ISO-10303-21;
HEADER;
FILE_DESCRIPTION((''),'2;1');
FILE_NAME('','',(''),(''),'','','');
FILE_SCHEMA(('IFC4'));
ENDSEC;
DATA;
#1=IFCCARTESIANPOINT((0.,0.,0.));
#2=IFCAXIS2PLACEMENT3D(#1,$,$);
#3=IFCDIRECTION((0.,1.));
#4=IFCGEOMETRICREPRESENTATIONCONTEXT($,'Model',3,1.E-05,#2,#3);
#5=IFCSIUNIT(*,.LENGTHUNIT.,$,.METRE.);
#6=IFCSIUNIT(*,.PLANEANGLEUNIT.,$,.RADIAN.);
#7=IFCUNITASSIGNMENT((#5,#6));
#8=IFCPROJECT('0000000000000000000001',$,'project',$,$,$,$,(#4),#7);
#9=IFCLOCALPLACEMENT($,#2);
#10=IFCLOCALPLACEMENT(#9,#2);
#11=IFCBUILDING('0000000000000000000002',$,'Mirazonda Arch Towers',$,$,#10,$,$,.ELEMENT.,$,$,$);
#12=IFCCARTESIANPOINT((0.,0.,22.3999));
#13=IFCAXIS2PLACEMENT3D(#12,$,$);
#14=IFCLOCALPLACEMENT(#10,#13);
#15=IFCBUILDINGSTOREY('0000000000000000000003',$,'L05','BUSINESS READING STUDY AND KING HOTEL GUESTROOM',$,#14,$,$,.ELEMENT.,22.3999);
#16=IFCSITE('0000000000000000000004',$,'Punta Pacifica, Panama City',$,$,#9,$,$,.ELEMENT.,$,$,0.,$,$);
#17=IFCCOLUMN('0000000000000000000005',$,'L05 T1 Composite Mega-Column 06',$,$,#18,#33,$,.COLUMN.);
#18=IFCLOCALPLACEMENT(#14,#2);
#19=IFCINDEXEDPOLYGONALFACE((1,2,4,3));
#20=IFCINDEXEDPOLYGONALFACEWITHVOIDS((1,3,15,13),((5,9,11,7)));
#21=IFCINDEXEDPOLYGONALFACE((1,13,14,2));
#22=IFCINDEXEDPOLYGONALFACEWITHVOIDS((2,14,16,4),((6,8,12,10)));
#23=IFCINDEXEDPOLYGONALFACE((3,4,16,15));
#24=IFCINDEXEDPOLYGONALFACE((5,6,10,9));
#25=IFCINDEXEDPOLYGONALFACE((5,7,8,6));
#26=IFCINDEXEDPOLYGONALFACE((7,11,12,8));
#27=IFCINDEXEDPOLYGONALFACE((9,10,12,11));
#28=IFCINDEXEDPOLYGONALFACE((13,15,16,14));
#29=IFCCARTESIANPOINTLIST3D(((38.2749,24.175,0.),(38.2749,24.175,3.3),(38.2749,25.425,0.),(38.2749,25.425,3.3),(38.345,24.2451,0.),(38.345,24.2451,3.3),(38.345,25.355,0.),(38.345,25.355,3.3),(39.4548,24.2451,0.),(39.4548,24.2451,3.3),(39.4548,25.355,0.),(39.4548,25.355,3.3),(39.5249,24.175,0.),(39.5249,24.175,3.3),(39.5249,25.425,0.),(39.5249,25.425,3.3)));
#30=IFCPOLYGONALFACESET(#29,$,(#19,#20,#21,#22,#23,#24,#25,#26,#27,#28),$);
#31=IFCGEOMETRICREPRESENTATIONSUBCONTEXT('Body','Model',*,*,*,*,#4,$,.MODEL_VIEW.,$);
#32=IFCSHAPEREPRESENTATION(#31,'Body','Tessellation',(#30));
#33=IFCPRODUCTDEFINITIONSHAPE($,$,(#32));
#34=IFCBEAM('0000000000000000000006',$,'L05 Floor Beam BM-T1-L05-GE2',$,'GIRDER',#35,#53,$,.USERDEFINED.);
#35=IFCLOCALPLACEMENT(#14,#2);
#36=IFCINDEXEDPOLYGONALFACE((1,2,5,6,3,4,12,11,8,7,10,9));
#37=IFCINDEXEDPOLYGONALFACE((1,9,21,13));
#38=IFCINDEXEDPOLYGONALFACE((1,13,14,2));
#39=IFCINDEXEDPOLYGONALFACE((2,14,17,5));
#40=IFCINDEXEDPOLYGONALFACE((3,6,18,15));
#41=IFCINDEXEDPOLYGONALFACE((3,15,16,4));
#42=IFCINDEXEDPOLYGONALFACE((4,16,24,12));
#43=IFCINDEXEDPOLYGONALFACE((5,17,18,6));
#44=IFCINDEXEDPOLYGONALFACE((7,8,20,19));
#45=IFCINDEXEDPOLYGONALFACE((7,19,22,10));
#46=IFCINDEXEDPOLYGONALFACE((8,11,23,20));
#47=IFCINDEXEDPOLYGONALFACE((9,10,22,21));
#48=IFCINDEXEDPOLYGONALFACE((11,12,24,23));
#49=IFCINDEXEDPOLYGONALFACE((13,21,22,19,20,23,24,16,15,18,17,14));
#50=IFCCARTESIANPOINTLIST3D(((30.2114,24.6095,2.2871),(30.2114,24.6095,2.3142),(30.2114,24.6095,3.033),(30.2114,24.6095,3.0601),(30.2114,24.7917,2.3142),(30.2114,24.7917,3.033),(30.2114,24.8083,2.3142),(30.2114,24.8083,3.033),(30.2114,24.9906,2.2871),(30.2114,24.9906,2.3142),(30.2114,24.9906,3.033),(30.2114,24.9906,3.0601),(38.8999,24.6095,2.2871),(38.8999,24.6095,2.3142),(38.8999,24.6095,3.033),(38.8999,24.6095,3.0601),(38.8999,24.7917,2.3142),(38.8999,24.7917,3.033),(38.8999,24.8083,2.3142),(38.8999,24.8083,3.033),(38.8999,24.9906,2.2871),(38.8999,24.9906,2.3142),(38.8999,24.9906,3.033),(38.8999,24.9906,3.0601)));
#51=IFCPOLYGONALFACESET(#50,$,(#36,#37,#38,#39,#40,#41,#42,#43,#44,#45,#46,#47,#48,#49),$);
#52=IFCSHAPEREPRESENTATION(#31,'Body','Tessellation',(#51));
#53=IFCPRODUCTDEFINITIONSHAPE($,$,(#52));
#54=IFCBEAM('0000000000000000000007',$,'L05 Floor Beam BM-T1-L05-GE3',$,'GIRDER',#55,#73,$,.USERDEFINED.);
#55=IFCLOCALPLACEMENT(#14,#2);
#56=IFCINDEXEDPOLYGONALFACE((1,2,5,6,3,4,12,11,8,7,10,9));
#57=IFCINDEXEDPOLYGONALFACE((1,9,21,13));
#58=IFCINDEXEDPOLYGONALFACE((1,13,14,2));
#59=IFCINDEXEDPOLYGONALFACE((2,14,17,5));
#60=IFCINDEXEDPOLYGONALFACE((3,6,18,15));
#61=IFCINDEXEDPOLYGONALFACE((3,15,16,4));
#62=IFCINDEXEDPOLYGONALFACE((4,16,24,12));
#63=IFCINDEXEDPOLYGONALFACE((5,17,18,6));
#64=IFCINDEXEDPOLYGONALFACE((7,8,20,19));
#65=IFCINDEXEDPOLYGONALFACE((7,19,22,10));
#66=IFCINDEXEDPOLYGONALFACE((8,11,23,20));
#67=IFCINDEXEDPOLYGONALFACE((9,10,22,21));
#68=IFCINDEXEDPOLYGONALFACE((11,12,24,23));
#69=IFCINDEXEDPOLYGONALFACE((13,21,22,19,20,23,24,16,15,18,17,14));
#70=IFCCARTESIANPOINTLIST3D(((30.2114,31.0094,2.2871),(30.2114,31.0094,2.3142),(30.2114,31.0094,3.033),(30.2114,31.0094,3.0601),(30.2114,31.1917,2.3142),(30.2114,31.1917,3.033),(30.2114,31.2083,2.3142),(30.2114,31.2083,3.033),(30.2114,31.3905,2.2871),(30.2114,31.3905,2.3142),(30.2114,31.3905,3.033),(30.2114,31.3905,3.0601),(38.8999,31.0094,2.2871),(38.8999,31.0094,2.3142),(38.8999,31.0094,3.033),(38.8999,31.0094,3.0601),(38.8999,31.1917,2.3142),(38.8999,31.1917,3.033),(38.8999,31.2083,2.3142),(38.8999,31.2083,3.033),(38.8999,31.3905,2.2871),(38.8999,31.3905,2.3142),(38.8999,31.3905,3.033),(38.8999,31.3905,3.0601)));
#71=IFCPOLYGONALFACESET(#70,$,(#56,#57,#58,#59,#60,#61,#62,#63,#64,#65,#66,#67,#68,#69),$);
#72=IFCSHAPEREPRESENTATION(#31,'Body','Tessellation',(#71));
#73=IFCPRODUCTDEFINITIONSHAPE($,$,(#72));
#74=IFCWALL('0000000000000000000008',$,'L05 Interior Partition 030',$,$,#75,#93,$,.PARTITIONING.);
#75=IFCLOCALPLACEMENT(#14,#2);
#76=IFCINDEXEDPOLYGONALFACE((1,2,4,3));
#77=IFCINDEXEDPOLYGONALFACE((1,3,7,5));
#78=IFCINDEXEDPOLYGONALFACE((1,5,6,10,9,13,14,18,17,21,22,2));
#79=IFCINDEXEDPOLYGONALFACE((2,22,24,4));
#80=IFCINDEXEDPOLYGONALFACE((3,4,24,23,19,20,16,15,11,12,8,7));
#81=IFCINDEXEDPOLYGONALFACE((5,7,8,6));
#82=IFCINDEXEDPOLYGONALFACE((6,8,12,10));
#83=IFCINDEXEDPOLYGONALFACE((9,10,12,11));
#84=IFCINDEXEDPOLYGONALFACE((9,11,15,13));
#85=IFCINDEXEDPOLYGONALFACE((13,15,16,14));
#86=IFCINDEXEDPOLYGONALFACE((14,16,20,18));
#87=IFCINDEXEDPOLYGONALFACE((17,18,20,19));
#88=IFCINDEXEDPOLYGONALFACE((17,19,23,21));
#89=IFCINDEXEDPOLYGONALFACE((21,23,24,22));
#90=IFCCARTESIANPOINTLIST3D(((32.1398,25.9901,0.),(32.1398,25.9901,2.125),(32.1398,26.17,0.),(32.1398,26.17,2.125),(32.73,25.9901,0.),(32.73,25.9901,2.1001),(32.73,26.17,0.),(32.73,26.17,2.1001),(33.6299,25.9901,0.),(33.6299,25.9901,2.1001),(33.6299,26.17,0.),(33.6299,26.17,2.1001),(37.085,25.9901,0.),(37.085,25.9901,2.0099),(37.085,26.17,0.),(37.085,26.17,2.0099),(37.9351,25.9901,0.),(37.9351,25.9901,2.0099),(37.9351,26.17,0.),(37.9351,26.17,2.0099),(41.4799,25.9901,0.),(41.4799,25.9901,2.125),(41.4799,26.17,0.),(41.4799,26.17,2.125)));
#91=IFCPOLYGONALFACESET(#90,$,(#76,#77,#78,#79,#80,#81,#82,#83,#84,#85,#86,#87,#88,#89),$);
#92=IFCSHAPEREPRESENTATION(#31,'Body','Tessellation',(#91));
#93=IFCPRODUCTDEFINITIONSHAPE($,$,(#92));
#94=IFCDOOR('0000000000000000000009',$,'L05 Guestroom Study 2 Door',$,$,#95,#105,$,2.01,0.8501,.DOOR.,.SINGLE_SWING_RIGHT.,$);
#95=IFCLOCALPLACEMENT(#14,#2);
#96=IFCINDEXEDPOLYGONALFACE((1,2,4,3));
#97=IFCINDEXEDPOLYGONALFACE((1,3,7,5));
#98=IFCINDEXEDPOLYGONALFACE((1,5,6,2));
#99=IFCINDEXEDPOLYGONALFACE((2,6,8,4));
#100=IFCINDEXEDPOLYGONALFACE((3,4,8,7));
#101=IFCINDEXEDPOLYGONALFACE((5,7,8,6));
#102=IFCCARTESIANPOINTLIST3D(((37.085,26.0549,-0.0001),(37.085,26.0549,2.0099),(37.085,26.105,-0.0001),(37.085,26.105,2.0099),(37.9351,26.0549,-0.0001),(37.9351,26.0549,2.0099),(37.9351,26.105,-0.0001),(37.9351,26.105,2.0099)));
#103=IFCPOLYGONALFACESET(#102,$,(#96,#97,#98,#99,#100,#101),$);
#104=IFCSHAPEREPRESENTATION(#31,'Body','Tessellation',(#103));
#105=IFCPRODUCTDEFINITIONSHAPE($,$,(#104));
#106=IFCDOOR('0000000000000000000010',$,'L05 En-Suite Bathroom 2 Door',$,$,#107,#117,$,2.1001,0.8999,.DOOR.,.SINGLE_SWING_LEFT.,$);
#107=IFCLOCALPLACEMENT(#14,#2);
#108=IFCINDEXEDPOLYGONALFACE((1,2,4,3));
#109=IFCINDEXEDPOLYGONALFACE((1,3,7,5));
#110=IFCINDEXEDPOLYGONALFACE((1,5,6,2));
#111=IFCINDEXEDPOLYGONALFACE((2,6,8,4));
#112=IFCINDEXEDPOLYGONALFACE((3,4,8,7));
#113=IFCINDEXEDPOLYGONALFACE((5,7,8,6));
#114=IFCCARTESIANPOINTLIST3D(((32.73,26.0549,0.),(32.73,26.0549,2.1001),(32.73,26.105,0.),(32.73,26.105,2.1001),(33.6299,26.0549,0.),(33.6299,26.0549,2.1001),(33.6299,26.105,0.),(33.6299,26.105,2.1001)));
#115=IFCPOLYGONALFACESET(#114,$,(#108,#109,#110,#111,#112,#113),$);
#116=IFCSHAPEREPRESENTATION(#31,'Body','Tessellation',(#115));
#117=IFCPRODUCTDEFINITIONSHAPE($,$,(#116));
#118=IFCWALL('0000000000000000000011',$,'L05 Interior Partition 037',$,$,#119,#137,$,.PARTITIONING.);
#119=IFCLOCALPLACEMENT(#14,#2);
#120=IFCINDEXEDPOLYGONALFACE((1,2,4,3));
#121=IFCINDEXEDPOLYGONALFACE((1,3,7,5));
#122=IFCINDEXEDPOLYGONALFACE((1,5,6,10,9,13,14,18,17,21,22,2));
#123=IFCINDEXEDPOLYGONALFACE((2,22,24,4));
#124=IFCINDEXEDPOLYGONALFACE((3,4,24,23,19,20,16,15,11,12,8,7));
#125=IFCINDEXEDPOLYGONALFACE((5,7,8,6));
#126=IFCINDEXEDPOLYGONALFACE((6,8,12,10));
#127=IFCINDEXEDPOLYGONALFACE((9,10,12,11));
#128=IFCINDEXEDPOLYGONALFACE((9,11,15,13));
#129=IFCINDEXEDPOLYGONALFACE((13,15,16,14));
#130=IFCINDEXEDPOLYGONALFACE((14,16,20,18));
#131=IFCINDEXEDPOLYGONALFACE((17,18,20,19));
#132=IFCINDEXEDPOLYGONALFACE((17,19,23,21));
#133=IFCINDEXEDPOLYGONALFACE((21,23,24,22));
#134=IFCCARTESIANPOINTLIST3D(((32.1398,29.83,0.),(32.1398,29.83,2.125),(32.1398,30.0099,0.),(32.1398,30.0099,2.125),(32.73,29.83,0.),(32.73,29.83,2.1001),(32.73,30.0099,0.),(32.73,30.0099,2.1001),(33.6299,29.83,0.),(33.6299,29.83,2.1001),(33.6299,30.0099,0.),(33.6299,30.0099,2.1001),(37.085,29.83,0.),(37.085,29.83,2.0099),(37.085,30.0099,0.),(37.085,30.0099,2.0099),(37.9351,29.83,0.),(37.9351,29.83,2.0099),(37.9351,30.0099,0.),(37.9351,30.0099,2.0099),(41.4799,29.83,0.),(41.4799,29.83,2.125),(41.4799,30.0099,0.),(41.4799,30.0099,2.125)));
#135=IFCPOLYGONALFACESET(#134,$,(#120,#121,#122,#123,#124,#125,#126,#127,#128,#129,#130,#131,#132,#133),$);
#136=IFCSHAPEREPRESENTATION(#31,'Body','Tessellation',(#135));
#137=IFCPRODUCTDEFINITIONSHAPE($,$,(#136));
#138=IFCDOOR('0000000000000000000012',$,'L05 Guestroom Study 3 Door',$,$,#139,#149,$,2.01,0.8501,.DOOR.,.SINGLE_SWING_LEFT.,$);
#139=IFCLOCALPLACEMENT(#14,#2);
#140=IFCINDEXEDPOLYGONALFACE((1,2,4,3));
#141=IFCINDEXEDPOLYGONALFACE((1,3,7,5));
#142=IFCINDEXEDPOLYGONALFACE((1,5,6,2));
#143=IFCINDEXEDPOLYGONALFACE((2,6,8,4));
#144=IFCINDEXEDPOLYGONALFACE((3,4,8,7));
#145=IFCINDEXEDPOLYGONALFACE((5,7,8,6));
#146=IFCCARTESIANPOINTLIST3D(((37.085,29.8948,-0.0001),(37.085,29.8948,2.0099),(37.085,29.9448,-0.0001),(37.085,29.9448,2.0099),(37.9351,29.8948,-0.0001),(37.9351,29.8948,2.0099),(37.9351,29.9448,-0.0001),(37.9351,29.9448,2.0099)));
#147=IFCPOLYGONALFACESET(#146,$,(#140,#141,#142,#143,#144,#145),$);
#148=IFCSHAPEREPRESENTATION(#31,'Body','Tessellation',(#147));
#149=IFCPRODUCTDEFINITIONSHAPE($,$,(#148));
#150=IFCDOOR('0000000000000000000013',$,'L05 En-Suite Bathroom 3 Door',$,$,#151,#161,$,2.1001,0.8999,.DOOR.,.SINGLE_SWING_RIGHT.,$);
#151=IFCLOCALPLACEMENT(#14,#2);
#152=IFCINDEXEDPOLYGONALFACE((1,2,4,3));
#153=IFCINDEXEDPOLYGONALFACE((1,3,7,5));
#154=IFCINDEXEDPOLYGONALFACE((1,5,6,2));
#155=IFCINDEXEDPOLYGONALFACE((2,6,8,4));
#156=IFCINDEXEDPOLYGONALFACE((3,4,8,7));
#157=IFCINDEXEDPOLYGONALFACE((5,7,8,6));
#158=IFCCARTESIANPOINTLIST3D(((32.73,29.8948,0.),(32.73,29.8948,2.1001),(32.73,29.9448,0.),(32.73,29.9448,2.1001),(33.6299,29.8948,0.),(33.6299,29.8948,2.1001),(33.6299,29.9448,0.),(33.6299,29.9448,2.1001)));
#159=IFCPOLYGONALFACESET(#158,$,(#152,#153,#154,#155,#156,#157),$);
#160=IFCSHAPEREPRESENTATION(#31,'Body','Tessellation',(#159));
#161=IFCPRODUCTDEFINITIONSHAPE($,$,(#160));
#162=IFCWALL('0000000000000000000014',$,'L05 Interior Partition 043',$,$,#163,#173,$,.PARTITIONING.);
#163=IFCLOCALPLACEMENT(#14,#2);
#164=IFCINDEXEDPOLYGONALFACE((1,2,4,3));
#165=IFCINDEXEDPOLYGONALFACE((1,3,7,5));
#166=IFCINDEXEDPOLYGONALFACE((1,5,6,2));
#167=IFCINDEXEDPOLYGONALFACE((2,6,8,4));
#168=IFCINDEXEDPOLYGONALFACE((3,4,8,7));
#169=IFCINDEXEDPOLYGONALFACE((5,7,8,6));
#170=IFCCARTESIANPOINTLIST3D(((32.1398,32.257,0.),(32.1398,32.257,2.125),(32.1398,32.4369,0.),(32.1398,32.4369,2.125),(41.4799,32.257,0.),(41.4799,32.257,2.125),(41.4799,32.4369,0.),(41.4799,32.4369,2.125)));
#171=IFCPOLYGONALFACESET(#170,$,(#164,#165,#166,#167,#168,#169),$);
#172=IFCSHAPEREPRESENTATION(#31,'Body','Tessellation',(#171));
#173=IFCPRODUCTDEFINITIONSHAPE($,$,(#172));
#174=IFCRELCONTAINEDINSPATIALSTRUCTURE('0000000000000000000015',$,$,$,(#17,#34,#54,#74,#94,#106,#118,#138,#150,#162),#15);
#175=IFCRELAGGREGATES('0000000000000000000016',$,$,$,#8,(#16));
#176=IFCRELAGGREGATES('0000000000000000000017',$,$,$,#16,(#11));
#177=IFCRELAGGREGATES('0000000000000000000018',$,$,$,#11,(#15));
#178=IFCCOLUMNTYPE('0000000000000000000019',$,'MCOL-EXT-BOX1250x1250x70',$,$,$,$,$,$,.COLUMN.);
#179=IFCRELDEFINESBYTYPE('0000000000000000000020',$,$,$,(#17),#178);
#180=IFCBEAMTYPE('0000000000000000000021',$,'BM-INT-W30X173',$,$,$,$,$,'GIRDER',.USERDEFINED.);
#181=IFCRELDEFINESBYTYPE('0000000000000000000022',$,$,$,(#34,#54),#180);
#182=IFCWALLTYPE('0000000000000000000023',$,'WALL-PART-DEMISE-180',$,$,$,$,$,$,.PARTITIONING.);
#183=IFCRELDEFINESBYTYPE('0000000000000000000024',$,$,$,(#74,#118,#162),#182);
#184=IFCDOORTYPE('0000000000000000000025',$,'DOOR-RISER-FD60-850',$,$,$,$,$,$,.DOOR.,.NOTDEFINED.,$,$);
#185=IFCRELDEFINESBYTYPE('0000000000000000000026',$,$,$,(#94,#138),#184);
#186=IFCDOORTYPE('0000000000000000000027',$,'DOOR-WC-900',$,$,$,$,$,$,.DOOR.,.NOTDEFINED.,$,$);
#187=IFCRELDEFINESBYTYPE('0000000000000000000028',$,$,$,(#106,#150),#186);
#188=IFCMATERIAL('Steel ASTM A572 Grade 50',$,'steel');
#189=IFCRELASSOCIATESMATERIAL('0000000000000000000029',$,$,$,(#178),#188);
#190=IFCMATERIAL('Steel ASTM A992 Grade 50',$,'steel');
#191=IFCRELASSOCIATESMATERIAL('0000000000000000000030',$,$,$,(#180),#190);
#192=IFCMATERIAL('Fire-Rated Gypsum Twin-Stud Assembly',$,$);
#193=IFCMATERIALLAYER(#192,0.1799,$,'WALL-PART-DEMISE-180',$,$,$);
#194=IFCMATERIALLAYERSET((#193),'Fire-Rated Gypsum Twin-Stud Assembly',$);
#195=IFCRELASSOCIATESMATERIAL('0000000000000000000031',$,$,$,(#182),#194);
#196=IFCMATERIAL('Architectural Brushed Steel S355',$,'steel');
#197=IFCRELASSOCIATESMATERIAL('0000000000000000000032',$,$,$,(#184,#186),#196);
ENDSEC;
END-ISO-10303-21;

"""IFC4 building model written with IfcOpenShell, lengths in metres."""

from ifc_helpers import new_model, si_unit, direction, frame, frame_2d, origin, origin_2d, place, context, subcontext, project, spatial, rectangle, hollow_rectangle, i_section, extrude, material, layer, layer_set, material_profile, profile_set, type_object, element, fill, save


model = new_model("IFC4")

# Units and contexts
model_context = context("Model", 3, precision=1e-05, world=origin(), true_north=direction((0.0, 1.0)))
body_context = subcontext(model_context, "Body", "Model", "MODEL_VIEW")
ifc_project = project(units=[si_unit("LENGTHUNIT", "METRE"), si_unit("PLANEANGLEUNIT", "RADIAN")], contexts=[model_context])

# Site, building, storey
site_placement = place(None, origin())
site = spatial("IfcSite", under=ifc_project, at=site_placement, Name="Punta Pacifica, Panama City", CompositionType="ELEMENT", RefElevation=0.0)
building_placement = place(site_placement, origin())
building = spatial("IfcBuilding", under=site, at=building_placement, Name="Mirazonda Arch Towers", CompositionType="ELEMENT")
storey_placement = place(building_placement, frame((0.0, 0.0, 22.3999)))
storey = spatial("IfcBuildingStorey", under=building, at=storey_placement, Name="L05", Description="BUSINESS READING STUDY AND KING HOTEL GUESTROOM", CompositionType="ELEMENT", Elevation=22.3999)

# Column
ifc_material_1 = material(Name="Steel ASTM A572 Grade 50", Category="steel")
ifc_material_profile_1 = material_profile(ifc_material_1, hollow_rectangle(XDim=1.25, YDim=1.25, WallThickness=0.0701, at=origin_2d()), Name="BOX1250x1250x70")
ifc_profile_set_1 = profile_set([ifc_material_profile_1], Name="Steel ASTM A572 Grade 50")
column_type = type_object("IfcColumnType", Name="MCOL-EXT-BOX1250x1250x70", PredefinedType="COLUMN", material=ifc_profile_set_1)
column_placement = place(storey_placement, frame((38.8999, 24.8, 0.0), z_axis=(0.0, 0.0, 1.0), x_axis=(1.0, 0.0, 0.0)))
element("IfcColumn", 1, at=column_placement, inside=storey, type_object=column_type, Name="L05 T1 Composite Mega-Column 06", PredefinedType="COLUMN", context=body_context, shape_type="SweptSolid", body=[
    extrude(hollow_rectangle(XDim=1.25, YDim=1.25, WallThickness=0.0701, at=origin_2d()), origin(), (0.0, 0.0, 1.0), 3.3),
])

# Beams
ifc_material_2 = material(Name="Steel ASTM A992 Grade 50", Category="steel")
ifc_material_profile_2 = material_profile(ifc_material_2, i_section(OverallWidth=0.3811, OverallDepth=0.7729, WebThickness=0.0166, FlangeThickness=0.0271, at=origin_2d()), Name="W30X173")
ifc_profile_set_2 = profile_set([ifc_material_profile_2], Name="Steel ASTM A992 Grade 50")
beam_type = type_object("IfcBeamType", Name="BM-INT-W30X173", ElementType="GIRDER", PredefinedType="USERDEFINED", material=ifc_profile_set_2)
for number, where, z_axis, x_axis, name in (
    (2, (30.2114, 24.8, 2.6736), (1.0, 0.0, 0.0), (0.0, 1.0, 0.0), "L05 Floor Beam BM-T1-L05-GE2"),
    (3, (30.2114, 31.2, 2.6736), (1.0, 0.0, 0.0), (0.0, 1.0, 0.0), "L05 Floor Beam BM-T1-L05-GE3"),
):
    element("IfcBeam", number, at=place(storey_placement, frame(where, z_axis=z_axis, x_axis=x_axis)), inside=storey, type_object=beam_type, Name=name, ObjectType="GIRDER", PredefinedType="USERDEFINED", context=body_context, shape_type="SweptSolid", body=[
        extrude(i_section(OverallWidth=0.3811, OverallDepth=0.7729, WebThickness=0.0166, FlangeThickness=0.0271, at=origin_2d()), origin(), (0.0, 0.0, 1.0), 8.6885),
    ])

# Walls, openings, doors
ifc_material_3 = material(Name="Fire-Rated Gypsum Twin-Stud Assembly")
ifc_layer_1 = layer(ifc_material_3, 0.1799, Name="WALL-PART-DEMISE-180")
ifc_layer_set_1 = layer_set([ifc_layer_1], Name="Fire-Rated Gypsum Twin-Stud Assembly")
wall_type_1 = type_object("IfcWallType", Name="WALL-PART-DEMISE-180", PredefinedType="PARTITIONING", material=ifc_layer_set_1)
wall_1_placement = place(storey_placement, frame((32.1399, 26.0801, 0.0), z_axis=(0.0, 0.0, 1.0), x_axis=(1.0, 0.0, 0.0)))
wall_1 = element("IfcWall", 4, at=wall_1_placement, inside=storey, type_object=wall_type_1, Name="L05 Interior Partition 030", PredefinedType="PARTITIONING", context=body_context, shape_type="SweptSolid", body=[
    extrude(rectangle(XDim=9.3401, YDim=0.1799, at=frame_2d((4.6699, 0.0))), origin(), (0.0, 0.0, 1.0), 2.125),
])
opening_1_placement = place(wall_1_placement, frame((4.9451, 0.0, 0.0)))
opening_1 = element("IfcOpeningElement", 5, at=opening_1_placement, cuts=wall_1, PredefinedType="OPENING", context=body_context, shape_type="SweptSolid", body=[
    extrude(rectangle(XDim=0.8501, YDim=2.01, at=frame_2d((0.425, 1.0049))), frame((0.0, 0.0999, 0.0), z_axis=(0.0, -1.0, 0.0), x_axis=(1.0, 0.0, 0.0)), (0.0, 0.0, 1.0), 0.2),
])
opening_2_placement = place(wall_1_placement, frame((0.5901, 0.0, 0.0)))
opening_2 = element("IfcOpeningElement", 6, at=opening_2_placement, cuts=wall_1, PredefinedType="OPENING", context=body_context, shape_type="SweptSolid", body=[
    extrude(rectangle(XDim=0.8999, YDim=2.1001, at=frame_2d((0.45, 1.05))), frame((0.0, 0.0999, 0.0), z_axis=(0.0, -1.0, 0.0), x_axis=(1.0, 0.0, 0.0)), (0.0, 0.0, 1.0), 0.2),
])
ifc_material_4 = material(Name="Architectural Brushed Steel S355", Category="steel")
door_type_1 = type_object("IfcDoorType", Name="DOOR-RISER-FD60-850", OperationType="NOTDEFINED", PredefinedType="DOOR", material=ifc_material_4)
door_1_placement = place(opening_1_placement, origin())
door_1 = element("IfcDoor", 7, at=door_1_placement, inside=storey, type_object=door_type_1, Name="L05 Guestroom Study 2 Door", OperationType="SINGLE_SWING_RIGHT", OverallHeight=2.01, OverallWidth=0.8501, PredefinedType="DOOR", context=body_context, shape_type="SweptSolid", body=[
    extrude(rectangle(XDim=0.8501, YDim=2.01, at=frame_2d((0.425, 1.0049))), frame((0.0, 0.0249, 0.0), z_axis=(0.0, -1.0, 0.0), x_axis=(1.0, 0.0, 0.0)), (0.0, 0.0, 1.0), 0.05),
])
fill(opening_1, door_1)
door_type_2 = type_object("IfcDoorType", Name="DOOR-WC-900", OperationType="NOTDEFINED", PredefinedType="DOOR", material=ifc_material_4)
door_2_placement = place(opening_2_placement, origin())
door_2 = element("IfcDoor", 8, at=door_2_placement, inside=storey, type_object=door_type_2, Name="L05 En-Suite Bathroom 2 Door", OperationType="SINGLE_SWING_LEFT", OverallHeight=2.1001, OverallWidth=0.8999, PredefinedType="DOOR", context=body_context, shape_type="SweptSolid", body=[
    extrude(rectangle(XDim=0.8999, YDim=2.1001, at=frame_2d((0.45, 1.05))), frame((0.0, 0.0249, 0.0), z_axis=(0.0, -1.0, 0.0), x_axis=(1.0, 0.0, 0.0)), (0.0, 0.0, 1.0), 0.05),
])
fill(opening_2, door_2)
wall_2_placement = place(storey_placement, frame((32.1399, 29.9199, 0.0), z_axis=(0.0, 0.0, 1.0), x_axis=(1.0, 0.0, 0.0)))
wall_2 = element("IfcWall", 9, at=wall_2_placement, inside=storey, type_object=wall_type_1, Name="L05 Interior Partition 037", PredefinedType="PARTITIONING", context=body_context, shape_type="SweptSolid", body=[
    extrude(rectangle(XDim=9.3401, YDim=0.1799, at=frame_2d((4.6699, 0.0))), origin(), (0.0, 0.0, 1.0), 2.125),
])
opening_3_placement = place(wall_2_placement, frame((4.9451, 0.0, 0.0)))
opening_3 = element("IfcOpeningElement", 10, at=opening_3_placement, cuts=wall_2, PredefinedType="OPENING", context=body_context, shape_type="SweptSolid", body=[
    extrude(rectangle(XDim=0.8501, YDim=2.01, at=frame_2d((0.425, 1.0049))), frame((0.0, 0.0999, 0.0), z_axis=(0.0, -1.0, 0.0), x_axis=(1.0, 0.0, 0.0)), (0.0, 0.0, 1.0), 0.2),
])
opening_4_placement = place(wall_2_placement, frame((0.5901, 0.0, 0.0)))
opening_4 = element("IfcOpeningElement", 11, at=opening_4_placement, cuts=wall_2, PredefinedType="OPENING", context=body_context, shape_type="SweptSolid", body=[
    extrude(rectangle(XDim=0.8999, YDim=2.1001, at=frame_2d((0.45, 1.05))), frame((0.0, 0.0999, 0.0), z_axis=(0.0, -1.0, 0.0), x_axis=(1.0, 0.0, 0.0)), (0.0, 0.0, 1.0), 0.2),
])
door_3_placement = place(opening_3_placement, origin())
door_3 = element("IfcDoor", 12, at=door_3_placement, inside=storey, type_object=door_type_1, Name="L05 Guestroom Study 3 Door", OperationType="SINGLE_SWING_LEFT", OverallHeight=2.01, OverallWidth=0.8501, PredefinedType="DOOR", context=body_context, shape_type="SweptSolid", body=[
    extrude(rectangle(XDim=0.8501, YDim=2.01, at=frame_2d((0.425, 1.0049))), frame((0.0, 0.0249, 0.0), z_axis=(0.0, -1.0, 0.0), x_axis=(1.0, 0.0, 0.0)), (0.0, 0.0, 1.0), 0.05),
])
fill(opening_3, door_3)
door_4_placement = place(opening_4_placement, origin())
door_4 = element("IfcDoor", 13, at=door_4_placement, inside=storey, type_object=door_type_2, Name="L05 En-Suite Bathroom 3 Door", OperationType="SINGLE_SWING_RIGHT", OverallHeight=2.1001, OverallWidth=0.8999, PredefinedType="DOOR", context=body_context, shape_type="SweptSolid", body=[
    extrude(rectangle(XDim=0.8999, YDim=2.1001, at=frame_2d((0.45, 1.05))), frame((0.0, 0.0249, 0.0), z_axis=(0.0, -1.0, 0.0), x_axis=(1.0, 0.0, 0.0)), (0.0, 0.0, 1.0), 0.05),
])
fill(opening_4, door_4)

# Wall
wall_3_placement = place(storey_placement, frame((32.1399, 32.3469, 0.0), z_axis=(0.0, 0.0, 1.0), x_axis=(1.0, 0.0, 0.0)))
element("IfcWall", 14, at=wall_3_placement, inside=storey, type_object=wall_type_1, Name="L05 Interior Partition 043", PredefinedType="PARTITIONING", context=body_context, shape_type="SweptSolid", body=[
    extrude(rectangle(XDim=9.3401, YDim=0.1799, at=frame_2d((4.6699, 0.0))), origin(), (0.0, 0.0, 1.0), 2.125),
])

save(model, "model.ifc")
